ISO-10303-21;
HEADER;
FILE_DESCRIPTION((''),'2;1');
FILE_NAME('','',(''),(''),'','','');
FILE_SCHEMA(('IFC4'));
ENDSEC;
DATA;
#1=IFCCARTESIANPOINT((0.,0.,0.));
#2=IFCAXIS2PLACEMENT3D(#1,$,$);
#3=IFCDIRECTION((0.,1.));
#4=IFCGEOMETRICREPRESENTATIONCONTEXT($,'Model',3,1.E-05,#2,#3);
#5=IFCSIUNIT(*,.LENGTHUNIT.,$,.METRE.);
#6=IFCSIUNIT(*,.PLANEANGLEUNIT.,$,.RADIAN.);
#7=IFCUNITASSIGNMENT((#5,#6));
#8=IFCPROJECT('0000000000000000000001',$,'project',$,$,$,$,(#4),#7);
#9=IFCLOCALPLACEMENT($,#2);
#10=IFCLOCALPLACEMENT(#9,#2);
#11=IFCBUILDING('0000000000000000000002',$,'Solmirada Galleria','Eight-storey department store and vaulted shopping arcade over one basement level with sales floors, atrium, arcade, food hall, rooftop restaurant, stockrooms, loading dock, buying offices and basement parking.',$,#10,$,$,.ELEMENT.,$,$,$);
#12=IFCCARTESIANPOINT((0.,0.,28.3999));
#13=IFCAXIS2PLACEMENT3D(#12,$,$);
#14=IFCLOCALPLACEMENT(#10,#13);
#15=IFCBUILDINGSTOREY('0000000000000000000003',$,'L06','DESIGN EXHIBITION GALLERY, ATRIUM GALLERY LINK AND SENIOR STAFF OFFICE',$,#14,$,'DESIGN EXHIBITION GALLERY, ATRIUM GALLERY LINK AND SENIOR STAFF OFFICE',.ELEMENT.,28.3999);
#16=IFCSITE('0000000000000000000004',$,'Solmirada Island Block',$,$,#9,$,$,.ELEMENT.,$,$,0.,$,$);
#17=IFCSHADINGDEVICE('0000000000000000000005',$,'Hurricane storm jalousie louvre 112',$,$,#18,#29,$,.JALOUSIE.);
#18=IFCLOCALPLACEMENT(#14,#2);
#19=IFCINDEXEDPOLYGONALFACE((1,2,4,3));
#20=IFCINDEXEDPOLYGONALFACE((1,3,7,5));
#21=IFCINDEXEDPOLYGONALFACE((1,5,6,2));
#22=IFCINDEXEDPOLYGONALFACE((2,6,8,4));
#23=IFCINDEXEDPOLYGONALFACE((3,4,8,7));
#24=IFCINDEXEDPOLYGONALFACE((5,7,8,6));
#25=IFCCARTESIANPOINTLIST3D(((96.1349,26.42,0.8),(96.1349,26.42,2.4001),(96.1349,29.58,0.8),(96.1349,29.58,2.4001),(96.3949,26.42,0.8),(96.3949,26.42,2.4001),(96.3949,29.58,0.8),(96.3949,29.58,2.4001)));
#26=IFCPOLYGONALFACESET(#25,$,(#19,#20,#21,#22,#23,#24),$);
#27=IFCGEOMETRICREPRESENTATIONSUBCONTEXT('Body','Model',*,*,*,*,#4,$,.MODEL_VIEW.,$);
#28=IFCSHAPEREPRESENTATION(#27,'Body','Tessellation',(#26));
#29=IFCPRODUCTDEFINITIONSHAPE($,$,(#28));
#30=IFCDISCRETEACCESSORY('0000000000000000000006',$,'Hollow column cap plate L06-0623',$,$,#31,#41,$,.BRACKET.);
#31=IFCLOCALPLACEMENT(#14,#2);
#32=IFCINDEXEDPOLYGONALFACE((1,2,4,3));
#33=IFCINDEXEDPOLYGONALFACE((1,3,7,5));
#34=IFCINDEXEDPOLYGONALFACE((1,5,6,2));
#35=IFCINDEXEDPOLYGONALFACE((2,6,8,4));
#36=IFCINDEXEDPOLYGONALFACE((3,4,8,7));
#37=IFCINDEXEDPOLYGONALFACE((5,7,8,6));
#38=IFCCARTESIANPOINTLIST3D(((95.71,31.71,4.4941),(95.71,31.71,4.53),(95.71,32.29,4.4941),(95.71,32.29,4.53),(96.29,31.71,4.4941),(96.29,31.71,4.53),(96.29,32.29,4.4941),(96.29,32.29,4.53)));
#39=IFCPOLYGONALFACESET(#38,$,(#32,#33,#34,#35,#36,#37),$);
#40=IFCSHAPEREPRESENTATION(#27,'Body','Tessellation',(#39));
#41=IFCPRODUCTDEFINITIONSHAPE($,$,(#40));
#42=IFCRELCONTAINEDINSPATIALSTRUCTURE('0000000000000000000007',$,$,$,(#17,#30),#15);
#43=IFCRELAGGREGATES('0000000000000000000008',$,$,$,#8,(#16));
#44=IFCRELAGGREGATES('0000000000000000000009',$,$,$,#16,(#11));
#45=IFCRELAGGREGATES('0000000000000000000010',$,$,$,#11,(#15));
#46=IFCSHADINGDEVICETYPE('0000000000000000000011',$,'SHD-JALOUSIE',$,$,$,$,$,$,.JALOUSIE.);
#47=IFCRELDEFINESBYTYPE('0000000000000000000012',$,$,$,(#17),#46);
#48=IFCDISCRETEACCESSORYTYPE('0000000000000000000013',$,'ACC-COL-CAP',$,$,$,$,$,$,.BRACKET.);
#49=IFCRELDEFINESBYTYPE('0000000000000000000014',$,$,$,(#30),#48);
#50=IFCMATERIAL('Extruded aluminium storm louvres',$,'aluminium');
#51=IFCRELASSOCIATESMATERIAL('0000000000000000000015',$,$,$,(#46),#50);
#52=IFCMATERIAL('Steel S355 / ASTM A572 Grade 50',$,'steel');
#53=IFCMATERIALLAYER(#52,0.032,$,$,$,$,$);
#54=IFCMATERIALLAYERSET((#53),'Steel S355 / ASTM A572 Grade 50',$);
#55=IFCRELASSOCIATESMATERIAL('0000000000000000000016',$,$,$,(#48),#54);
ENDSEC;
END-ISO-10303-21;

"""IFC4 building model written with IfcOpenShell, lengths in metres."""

from ifc_helpers import new_model, si_unit, direction, frame, origin, origin_2d, place, context, subcontext, project, spatial, rectangle, extrude, material, layer, layer_set, type_object, element, save


model = new_model("IFC4")

# Units and contexts
model_context = context("Model", 3, precision=1e-05, world=origin(), true_north=direction((0.0, 1.0)))
body_context = subcontext(model_context, "Body", "Model", "MODEL_VIEW")
ifc_project = project(units=[si_unit("LENGTHUNIT", "METRE"), si_unit("PLANEANGLEUNIT", "RADIAN")], contexts=[model_context])

# Site, building, storey
site_placement = place(None, origin())
site = spatial("IfcSite", under=ifc_project, at=site_placement, Name="Solmirada Island Block", CompositionType="ELEMENT", RefElevation=0.0)
building_placement = place(site_placement, origin())
building = spatial("IfcBuilding", under=site, at=building_placement, Name="Solmirada Galleria", Description="Eight-storey department store and vaulted shopping arcade over one basement level with sales floors, atrium, arcade, food hall, rooftop restaurant, stockrooms, loading dock, buying offices and basement parking.", CompositionType="ELEMENT")
storey_placement = place(building_placement, frame((0.0, 0.0, 28.3999)))
storey = spatial("IfcBuildingStorey", under=building, at=storey_placement, Name="L06", Description="DESIGN EXHIBITION GALLERY, ATRIUM GALLERY LINK AND SENIOR STAFF OFFICE", LongName="DESIGN EXHIBITION GALLERY, ATRIUM GALLERY LINK AND SENIOR STAFF OFFICE", CompositionType="ELEMENT", Elevation=28.3999)

# Shading device
ifc_material_1 = material(Name="Extruded aluminium storm louvres", Category="aluminium")
shading_device_type = type_object("IfcShadingDeviceType", Name="SHD-JALOUSIE", PredefinedType="JALOUSIE", material=ifc_material_1)
shading_device_1_placement = place(storey_placement, frame((96.2649, 28.0, 0.8), z_axis=(0.0, 0.0, 1.0), x_axis=(0.0, -1.0, 0.0)))
element("IfcShadingDevice", 1, at=shading_device_1_placement, inside=storey, type_object=shading_device_type, Name="Hurricane storm jalousie louvre 112", PredefinedType="JALOUSIE", context=body_context, shape_type="SweptSolid", body=[
    extrude(rectangle(XDim=3.1599, YDim=0.26, at=origin_2d()), origin(), (0.0, 0.0, 1.0), 1.6001),
])

# Discrete accessory
ifc_material_2 = material(Name="Steel S355 / ASTM A572 Grade 50", Category="steel")
ifc_layer_1 = layer(ifc_material_2, 0.032)
ifc_layer_set_1 = layer_set([ifc_layer_1], Name="Steel S355 / ASTM A572 Grade 50")
discrete_accessory_type = type_object("IfcDiscreteAccessoryType", Name="ACC-COL-CAP", PredefinedType="BRACKET", material=ifc_layer_set_1)
discrete_accessory_placement = place(storey_placement, frame((96.0, 32.0, 4.4941), z_axis=(0.0, 0.0, 1.0), x_axis=(1.0, 0.0, 0.0)))
element("IfcDiscreteAccessory", 2, at=discrete_accessory_placement, inside=storey, type_object=discrete_accessory_type, Name="Hollow column cap plate L06-0623", PredefinedType="BRACKET", context=body_context, shape_type="SweptSolid", body=[
    extrude(rectangle(XDim=0.5801, YDim=0.5801, at=origin_2d()), origin(), (0.0, 0.0, 1.0), 0.0359),
])

save(model, "model.ifc")
